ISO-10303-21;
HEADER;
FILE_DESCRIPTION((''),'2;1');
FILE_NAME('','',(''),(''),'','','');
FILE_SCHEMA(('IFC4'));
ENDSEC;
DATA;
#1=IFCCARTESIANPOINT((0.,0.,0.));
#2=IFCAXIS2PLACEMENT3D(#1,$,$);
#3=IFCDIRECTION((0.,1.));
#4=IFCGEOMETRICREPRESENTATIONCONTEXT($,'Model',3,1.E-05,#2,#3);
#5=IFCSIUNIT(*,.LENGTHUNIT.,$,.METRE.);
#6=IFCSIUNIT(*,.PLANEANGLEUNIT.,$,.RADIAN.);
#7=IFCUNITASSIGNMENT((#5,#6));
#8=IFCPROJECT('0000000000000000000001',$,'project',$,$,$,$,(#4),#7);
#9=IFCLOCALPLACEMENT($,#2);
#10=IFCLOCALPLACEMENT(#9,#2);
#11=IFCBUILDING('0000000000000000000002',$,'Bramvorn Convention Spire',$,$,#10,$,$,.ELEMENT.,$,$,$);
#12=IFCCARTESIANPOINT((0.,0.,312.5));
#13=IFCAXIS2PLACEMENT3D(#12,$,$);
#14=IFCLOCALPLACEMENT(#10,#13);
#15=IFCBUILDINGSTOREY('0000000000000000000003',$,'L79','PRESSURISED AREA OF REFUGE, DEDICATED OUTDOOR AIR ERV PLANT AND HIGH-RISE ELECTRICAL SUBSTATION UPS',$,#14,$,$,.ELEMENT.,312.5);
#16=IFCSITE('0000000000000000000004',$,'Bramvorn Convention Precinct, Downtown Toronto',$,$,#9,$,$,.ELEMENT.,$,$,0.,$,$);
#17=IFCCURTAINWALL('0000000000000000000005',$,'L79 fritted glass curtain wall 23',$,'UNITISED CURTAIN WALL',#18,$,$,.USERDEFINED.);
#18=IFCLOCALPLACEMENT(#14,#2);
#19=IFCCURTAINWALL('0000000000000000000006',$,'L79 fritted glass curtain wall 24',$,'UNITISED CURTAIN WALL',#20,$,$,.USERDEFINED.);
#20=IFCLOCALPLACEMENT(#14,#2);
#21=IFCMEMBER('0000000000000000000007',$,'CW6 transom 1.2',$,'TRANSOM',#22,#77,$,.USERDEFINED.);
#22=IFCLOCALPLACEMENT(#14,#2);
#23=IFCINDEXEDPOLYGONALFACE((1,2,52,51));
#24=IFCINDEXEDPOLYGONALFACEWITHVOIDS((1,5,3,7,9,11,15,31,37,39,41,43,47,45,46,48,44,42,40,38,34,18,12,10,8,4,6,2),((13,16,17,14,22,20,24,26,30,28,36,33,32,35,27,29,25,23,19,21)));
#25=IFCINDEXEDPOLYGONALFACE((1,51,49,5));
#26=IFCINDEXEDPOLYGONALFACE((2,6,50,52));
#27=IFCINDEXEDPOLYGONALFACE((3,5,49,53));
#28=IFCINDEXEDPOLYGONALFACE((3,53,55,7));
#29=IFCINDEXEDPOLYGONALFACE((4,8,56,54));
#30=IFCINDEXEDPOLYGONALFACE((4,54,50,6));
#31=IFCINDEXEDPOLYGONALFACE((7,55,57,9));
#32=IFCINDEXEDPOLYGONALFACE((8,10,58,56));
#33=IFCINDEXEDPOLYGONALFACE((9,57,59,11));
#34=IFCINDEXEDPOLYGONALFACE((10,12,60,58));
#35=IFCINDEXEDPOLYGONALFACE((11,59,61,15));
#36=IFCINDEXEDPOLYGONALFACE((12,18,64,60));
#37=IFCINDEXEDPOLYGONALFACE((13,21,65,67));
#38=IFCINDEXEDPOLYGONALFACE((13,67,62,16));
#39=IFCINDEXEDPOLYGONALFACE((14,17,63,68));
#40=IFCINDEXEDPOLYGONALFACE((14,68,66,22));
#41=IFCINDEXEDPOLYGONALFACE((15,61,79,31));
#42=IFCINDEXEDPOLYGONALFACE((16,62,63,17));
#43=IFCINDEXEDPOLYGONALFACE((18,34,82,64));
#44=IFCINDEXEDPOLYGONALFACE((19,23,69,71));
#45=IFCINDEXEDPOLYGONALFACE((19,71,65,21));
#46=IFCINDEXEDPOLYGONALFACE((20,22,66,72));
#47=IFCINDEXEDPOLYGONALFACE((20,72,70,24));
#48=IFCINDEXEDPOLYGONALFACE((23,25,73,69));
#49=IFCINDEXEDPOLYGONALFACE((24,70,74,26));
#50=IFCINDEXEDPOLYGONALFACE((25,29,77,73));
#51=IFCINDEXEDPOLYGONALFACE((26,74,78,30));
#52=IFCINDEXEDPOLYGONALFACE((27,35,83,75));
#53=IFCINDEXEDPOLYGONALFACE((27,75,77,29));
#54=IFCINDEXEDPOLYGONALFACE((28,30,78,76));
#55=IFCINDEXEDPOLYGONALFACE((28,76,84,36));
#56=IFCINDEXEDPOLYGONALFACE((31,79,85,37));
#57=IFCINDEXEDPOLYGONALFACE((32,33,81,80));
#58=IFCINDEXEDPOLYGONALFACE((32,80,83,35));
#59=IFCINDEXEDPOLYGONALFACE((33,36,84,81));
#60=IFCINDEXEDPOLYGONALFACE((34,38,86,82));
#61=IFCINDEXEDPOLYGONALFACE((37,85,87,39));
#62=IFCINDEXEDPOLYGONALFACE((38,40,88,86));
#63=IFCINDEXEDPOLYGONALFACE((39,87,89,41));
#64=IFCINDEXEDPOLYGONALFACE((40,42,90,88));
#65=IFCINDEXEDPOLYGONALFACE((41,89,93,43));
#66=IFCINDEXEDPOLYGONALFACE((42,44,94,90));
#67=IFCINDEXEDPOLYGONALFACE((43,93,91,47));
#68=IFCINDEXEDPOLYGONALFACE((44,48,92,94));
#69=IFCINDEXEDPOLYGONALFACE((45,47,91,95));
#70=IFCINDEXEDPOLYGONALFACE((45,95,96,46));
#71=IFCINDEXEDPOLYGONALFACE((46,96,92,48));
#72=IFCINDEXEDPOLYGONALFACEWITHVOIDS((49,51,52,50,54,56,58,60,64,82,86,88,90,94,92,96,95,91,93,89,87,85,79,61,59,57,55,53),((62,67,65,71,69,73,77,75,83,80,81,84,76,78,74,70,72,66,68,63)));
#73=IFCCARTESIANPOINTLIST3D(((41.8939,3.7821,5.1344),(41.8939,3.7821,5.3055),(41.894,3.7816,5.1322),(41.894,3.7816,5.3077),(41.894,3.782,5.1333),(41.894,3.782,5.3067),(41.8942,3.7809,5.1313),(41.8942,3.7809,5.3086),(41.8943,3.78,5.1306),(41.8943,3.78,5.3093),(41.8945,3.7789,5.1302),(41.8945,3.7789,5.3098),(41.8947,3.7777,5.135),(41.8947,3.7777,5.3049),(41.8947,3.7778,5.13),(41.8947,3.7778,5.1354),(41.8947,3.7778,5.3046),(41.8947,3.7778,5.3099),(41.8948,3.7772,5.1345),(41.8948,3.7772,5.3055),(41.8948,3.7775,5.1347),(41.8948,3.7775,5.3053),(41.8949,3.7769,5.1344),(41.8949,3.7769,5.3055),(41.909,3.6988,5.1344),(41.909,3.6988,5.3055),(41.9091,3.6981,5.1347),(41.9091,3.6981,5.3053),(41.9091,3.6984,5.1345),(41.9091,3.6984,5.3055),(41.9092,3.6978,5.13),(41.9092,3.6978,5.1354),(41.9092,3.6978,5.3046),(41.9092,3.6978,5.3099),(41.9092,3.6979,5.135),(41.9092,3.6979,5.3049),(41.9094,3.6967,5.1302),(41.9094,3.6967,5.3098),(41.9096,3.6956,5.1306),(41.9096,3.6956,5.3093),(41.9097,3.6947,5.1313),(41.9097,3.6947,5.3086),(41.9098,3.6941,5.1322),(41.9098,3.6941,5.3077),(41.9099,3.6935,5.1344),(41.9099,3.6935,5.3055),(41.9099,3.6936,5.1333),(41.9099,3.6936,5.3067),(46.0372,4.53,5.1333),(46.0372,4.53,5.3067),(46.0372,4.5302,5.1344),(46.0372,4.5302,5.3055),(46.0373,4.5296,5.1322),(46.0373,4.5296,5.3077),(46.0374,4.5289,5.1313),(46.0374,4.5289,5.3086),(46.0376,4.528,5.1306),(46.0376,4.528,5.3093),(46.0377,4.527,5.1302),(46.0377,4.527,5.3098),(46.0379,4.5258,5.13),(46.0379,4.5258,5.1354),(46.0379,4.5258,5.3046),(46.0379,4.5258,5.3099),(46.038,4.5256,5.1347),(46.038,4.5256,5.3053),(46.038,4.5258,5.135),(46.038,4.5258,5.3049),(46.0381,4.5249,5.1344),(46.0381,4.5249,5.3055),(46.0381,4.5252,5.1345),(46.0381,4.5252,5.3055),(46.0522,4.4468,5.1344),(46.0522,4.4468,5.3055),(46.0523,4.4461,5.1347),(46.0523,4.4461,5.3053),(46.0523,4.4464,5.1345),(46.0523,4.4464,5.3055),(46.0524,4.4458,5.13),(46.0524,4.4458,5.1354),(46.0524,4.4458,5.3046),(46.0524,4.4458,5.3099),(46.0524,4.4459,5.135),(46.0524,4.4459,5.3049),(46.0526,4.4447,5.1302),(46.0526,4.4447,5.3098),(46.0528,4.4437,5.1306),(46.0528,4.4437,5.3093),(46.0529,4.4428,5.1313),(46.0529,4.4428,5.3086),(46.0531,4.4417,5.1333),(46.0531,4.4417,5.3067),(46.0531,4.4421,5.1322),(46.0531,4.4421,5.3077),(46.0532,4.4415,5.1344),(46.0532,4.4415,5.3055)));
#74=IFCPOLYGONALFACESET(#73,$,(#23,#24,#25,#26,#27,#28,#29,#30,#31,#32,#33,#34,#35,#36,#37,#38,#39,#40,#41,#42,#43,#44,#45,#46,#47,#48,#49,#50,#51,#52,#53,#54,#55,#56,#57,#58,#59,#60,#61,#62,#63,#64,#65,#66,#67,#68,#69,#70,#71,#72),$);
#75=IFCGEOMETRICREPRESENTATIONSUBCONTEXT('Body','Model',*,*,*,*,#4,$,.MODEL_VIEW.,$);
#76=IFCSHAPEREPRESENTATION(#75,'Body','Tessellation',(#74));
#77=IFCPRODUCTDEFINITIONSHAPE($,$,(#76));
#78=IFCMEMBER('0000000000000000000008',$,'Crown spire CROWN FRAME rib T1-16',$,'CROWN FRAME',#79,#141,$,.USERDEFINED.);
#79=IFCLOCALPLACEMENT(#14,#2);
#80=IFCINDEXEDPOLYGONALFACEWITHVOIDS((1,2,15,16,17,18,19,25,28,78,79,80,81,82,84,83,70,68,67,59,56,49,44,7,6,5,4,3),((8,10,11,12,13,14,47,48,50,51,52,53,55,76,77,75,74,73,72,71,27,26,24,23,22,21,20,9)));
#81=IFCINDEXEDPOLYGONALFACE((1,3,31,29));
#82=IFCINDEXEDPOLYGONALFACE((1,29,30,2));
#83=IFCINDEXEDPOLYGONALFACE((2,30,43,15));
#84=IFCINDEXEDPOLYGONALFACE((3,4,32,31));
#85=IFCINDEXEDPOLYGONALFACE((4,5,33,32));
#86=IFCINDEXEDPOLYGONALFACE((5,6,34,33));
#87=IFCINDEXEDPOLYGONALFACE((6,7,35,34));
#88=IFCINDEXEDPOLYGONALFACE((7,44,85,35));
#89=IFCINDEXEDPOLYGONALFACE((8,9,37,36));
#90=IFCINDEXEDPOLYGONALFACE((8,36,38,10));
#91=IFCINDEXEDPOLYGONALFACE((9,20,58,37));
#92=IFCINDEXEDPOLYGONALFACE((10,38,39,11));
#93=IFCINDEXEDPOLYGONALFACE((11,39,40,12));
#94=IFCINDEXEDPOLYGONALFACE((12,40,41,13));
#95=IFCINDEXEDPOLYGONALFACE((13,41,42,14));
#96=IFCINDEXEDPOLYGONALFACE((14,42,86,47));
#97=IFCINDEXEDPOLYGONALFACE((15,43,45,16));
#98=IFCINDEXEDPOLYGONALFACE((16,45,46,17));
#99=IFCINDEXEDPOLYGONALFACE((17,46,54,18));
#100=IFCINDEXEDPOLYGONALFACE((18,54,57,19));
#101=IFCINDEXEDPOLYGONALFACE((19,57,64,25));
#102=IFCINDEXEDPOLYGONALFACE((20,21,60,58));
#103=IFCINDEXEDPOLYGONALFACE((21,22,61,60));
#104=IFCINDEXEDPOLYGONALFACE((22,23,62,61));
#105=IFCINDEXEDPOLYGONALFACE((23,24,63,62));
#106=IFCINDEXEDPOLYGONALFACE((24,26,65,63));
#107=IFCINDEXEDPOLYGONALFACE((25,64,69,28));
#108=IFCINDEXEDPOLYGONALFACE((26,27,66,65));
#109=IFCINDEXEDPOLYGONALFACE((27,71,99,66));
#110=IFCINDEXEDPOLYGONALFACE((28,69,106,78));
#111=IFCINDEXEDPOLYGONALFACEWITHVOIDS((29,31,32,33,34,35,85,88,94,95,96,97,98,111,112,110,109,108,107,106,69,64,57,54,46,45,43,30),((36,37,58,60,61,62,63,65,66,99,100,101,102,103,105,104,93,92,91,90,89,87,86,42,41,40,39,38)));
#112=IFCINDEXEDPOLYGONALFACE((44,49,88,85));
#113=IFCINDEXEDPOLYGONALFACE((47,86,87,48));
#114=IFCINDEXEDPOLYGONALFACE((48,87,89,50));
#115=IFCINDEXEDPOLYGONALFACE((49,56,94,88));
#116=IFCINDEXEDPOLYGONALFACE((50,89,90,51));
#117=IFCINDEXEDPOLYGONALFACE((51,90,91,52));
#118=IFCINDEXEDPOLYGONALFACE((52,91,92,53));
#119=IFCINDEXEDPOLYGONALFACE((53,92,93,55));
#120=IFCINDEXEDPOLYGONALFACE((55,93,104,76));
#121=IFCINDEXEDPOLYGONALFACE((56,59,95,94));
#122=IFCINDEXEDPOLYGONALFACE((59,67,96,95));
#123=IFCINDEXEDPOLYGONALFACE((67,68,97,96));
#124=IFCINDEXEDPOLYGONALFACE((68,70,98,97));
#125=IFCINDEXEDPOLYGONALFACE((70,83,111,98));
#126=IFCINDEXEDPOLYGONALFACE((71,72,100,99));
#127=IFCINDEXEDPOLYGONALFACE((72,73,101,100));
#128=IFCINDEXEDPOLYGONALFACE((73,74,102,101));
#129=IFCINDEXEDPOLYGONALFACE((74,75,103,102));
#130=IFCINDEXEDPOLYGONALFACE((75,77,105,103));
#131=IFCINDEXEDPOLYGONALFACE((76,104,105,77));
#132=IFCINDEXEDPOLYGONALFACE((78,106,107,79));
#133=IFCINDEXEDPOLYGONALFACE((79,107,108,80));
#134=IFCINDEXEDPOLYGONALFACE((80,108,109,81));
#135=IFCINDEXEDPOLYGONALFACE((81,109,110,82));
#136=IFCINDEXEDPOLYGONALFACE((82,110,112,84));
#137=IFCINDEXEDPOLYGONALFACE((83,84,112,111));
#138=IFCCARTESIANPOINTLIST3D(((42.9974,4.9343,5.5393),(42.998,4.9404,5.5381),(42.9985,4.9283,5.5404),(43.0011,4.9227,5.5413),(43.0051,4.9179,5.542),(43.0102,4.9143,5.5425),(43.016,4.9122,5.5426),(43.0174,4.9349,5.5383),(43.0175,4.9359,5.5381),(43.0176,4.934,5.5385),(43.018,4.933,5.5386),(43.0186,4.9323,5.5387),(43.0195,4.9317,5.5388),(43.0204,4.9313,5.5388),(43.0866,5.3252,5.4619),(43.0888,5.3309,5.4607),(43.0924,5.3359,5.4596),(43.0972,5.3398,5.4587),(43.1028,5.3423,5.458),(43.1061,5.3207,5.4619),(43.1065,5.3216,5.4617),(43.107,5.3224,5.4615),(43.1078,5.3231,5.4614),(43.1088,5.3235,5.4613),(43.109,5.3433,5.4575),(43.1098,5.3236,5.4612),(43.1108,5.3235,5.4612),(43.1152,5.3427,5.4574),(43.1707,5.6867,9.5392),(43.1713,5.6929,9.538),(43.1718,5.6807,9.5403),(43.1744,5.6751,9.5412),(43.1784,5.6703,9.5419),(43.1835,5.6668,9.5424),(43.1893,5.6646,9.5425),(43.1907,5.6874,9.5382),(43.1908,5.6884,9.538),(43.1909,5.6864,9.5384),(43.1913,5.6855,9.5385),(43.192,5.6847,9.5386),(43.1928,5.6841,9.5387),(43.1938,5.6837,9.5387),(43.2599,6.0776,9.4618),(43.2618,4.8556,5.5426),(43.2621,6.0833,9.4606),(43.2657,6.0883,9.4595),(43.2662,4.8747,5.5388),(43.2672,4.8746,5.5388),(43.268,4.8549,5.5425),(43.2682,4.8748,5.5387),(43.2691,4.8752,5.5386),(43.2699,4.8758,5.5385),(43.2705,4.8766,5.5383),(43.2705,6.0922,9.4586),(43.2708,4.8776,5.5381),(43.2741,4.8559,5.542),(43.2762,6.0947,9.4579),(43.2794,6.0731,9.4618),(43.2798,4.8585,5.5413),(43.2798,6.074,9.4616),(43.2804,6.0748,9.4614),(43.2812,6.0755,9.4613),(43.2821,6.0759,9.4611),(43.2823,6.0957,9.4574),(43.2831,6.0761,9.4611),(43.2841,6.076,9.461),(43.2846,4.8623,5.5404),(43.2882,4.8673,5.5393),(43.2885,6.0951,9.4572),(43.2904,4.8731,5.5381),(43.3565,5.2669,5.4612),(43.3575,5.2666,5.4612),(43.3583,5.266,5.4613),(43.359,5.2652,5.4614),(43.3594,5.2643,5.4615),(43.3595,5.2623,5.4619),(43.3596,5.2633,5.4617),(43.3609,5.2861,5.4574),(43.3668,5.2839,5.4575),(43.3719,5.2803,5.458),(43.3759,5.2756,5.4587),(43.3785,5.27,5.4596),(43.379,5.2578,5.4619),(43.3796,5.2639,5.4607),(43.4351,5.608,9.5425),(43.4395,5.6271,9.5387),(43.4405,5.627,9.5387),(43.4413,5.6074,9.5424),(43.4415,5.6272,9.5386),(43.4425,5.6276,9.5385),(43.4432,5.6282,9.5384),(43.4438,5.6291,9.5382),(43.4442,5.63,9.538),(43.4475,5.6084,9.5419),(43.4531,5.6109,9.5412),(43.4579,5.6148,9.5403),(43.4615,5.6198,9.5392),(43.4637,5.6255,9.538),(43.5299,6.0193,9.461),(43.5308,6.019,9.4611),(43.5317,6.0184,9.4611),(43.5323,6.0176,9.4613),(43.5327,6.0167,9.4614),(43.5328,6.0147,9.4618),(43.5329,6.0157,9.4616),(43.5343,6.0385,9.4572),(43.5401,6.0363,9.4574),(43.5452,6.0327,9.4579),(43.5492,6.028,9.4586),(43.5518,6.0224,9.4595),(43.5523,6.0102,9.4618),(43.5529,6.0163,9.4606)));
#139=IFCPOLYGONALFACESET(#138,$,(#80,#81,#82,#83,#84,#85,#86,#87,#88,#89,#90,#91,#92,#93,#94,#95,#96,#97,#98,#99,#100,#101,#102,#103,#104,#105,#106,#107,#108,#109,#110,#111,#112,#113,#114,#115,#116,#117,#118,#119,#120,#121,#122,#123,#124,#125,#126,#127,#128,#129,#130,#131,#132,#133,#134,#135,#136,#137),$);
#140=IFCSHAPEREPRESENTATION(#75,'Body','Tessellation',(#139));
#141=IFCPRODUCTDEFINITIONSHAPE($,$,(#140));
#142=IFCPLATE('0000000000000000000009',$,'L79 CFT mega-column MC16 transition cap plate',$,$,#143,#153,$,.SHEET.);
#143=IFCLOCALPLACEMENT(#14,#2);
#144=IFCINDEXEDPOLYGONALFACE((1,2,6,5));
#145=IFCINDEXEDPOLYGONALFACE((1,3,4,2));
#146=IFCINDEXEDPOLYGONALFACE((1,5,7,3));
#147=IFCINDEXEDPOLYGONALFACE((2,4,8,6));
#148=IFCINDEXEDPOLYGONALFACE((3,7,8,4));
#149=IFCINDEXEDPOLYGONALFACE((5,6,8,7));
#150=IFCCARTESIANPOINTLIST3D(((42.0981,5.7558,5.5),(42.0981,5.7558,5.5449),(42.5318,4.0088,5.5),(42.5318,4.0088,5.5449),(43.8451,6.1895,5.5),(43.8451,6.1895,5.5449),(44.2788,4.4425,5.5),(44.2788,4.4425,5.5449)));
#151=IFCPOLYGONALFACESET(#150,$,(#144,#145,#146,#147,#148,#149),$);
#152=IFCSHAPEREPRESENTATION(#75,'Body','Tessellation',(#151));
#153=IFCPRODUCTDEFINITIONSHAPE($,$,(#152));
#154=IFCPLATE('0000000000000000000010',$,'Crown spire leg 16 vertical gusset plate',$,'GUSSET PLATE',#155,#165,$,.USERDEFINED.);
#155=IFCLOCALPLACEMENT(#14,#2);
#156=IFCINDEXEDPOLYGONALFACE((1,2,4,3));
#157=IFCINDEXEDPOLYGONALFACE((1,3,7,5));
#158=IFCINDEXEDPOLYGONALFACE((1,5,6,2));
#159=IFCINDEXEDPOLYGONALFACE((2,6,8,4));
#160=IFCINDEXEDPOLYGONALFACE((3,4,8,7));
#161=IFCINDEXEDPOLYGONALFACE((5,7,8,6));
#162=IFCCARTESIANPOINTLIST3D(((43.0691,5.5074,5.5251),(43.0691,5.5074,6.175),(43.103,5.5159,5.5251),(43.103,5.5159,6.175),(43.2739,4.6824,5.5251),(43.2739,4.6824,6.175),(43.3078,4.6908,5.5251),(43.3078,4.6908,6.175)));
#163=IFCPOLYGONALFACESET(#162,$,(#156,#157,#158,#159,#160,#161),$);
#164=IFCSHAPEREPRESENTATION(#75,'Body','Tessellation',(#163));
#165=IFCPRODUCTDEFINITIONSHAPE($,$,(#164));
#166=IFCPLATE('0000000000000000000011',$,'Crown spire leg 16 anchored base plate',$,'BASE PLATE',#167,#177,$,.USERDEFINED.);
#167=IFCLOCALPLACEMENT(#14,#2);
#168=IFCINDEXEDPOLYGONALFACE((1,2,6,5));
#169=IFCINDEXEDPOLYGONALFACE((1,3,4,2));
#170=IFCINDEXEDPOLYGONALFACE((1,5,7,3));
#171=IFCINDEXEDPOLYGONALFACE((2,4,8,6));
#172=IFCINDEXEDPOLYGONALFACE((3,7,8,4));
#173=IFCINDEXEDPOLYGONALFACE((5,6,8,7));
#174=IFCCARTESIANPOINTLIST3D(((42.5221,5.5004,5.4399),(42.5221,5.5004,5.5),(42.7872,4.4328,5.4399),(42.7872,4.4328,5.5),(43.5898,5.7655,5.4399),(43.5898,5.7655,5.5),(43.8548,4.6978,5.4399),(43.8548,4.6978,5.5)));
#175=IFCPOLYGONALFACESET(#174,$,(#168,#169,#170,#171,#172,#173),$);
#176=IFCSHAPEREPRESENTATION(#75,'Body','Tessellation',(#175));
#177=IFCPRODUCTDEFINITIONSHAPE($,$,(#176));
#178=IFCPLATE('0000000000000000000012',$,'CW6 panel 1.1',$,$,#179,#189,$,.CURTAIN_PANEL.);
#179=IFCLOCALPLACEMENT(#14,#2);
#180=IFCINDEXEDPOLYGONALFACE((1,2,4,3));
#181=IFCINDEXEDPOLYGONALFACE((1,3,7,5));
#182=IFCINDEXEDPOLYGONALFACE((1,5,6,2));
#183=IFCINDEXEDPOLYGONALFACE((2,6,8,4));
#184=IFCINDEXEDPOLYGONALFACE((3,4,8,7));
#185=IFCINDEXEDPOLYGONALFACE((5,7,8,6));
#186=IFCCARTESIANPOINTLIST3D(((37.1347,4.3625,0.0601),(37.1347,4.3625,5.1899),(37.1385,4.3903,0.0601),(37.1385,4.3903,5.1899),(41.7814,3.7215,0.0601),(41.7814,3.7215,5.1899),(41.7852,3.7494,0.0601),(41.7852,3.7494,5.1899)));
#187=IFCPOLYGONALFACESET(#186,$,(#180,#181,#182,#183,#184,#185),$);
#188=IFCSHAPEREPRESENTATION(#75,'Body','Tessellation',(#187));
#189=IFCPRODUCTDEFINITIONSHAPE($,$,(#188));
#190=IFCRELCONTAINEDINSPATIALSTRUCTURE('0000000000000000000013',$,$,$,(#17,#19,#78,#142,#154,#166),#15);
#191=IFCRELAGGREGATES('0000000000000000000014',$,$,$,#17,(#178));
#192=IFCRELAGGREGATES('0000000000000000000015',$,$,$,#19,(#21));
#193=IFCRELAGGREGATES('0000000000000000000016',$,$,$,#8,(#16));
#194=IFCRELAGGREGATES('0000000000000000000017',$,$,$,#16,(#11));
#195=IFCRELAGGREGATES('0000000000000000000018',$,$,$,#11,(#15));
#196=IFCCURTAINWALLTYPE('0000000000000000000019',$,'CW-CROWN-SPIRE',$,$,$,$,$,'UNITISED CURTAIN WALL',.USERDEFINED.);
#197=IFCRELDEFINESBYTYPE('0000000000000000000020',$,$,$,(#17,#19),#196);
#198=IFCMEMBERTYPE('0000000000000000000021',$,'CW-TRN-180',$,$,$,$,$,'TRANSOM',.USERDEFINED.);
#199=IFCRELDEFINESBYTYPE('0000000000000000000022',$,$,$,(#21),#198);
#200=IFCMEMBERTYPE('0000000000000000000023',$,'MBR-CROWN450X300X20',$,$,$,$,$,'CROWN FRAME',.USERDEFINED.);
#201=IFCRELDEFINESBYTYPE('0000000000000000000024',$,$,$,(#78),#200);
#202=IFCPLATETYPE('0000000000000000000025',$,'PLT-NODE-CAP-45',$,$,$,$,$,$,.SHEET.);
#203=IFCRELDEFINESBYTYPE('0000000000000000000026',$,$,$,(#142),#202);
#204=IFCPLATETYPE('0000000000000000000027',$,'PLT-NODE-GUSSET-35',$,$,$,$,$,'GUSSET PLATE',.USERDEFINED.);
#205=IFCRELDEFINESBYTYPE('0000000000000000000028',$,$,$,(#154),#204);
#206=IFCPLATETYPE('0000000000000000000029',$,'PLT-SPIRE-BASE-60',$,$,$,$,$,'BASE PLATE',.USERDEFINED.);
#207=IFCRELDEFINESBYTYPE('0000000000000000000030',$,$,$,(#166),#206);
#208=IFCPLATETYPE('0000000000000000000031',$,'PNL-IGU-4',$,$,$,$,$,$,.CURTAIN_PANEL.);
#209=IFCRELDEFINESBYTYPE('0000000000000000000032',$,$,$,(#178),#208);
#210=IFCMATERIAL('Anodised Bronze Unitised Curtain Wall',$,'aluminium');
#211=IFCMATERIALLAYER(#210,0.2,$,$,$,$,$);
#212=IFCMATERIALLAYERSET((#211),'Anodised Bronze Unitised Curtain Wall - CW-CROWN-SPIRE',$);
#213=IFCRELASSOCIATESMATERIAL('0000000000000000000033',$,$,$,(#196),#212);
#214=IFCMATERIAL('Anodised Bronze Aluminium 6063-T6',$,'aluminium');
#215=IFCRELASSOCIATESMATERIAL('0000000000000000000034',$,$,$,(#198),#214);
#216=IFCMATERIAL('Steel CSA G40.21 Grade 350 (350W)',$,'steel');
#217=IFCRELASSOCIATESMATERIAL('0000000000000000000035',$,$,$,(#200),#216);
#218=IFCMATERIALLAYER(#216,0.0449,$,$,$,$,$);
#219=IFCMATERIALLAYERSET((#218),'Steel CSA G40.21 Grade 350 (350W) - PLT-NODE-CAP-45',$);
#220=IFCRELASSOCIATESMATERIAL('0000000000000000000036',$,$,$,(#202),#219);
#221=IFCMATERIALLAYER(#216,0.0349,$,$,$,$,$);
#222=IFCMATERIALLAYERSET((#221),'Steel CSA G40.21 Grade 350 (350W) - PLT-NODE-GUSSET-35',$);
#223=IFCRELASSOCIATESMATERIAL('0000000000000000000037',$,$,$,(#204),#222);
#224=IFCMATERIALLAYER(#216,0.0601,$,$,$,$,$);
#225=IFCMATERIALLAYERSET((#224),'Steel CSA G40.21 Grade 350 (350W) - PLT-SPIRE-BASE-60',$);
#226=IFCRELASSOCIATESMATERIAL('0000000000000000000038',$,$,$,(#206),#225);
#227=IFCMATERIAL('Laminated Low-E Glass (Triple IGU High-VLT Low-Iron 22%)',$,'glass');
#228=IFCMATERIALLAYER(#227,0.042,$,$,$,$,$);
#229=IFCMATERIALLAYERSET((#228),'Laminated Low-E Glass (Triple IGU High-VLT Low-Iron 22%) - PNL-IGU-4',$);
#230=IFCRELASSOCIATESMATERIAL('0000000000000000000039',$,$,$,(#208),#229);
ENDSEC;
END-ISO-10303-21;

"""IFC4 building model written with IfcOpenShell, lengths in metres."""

from ifc_helpers import new_model, si_unit, direction, frame, origin, origin_2d, place, context, subcontext, project, spatial, rectangle, hollow_rectangle, extrude, material, layer, layer_set, material_profile, profile_set, type_object, element, aggregate, save


model = new_model("IFC4")

# Units and contexts
model_context = context("Model", 3, precision=1e-05, world=origin(), true_north=direction((0.0, 1.0)))
body_context = subcontext(model_context, "Body", "Model", "MODEL_VIEW")
ifc_project = project(units=[si_unit("LENGTHUNIT", "METRE"), si_unit("PLANEANGLEUNIT", "RADIAN")], contexts=[model_context])

# Site, building, storey
site_placement = place(None, origin())
site = spatial("IfcSite", under=ifc_project, at=site_placement, Name="Bramvorn Convention Precinct, Downtown Toronto", CompositionType="ELEMENT", RefElevation=0.0)
building_placement = place(site_placement, origin())
building = spatial("IfcBuilding", under=site, at=building_placement, Name="Bramvorn Convention Spire", CompositionType="ELEMENT")
storey_placement = place(building_placement, frame((0.0, 0.0, 312.5)))
storey = spatial("IfcBuildingStorey", under=building, at=storey_placement, Name="L79", Description="PRESSURISED AREA OF REFUGE, DEDICATED OUTDOOR AIR ERV PLANT AND HIGH-RISE ELECTRICAL SUBSTATION UPS", CompositionType="ELEMENT", Elevation=312.5)

# Shared definitions
ifc_material_1 = material(Name="Steel CSA G40.21 Grade 350 (350W)", Category="steel")

# Curtain wall
ifc_material_2 = material(Name="Anodised Bronze Unitised Curtain Wall", Category="aluminium")
ifc_layer_1 = layer(ifc_material_2, 0.2)
ifc_layer_set_1 = layer_set([ifc_layer_1], Name="Anodised Bronze Unitised Curtain Wall - CW-CROWN-SPIRE")
curtain_wall_type = type_object("IfcCurtainWallType", Name="CW-CROWN-SPIRE", ElementType="UNITISED CURTAIN WALL", PredefinedType="USERDEFINED", material=ifc_layer_set_1)
curtain_wall_1_placement = place(storey_placement, origin())
curtain_wall_1 = element("IfcCurtainWall", 1, at=curtain_wall_1_placement, inside=storey, type_object=curtain_wall_type, Name="L79 fritted glass curtain wall 23", ObjectType="UNITISED CURTAIN WALL", PredefinedType="USERDEFINED")
ifc_material_3 = material(Name="Anodised Bronze Aluminium 6063-T6", Category="aluminium")

# Curtain wall
curtain_wall_2_placement = place(storey_placement, origin())
curtain_wall_2 = element("IfcCurtainWall", 2, at=curtain_wall_2_placement, inside=storey, type_object=curtain_wall_type, Name="L79 fritted glass curtain wall 24", ObjectType="UNITISED CURTAIN WALL", PredefinedType="USERDEFINED")

# Members
ifc_material_profile_1 = material_profile(ifc_material_3, hollow_rectangle(XDim=0.0901, YDim=0.1799, WallThickness=0.0044, InnerFilletRadius=0.001, OuterFilletRadius=0.0044, at=origin_2d()))
ifc_profile_set_1 = profile_set([ifc_material_profile_1], Name="Anodised Bronze Aluminium 6063-T6 - CWT90X180")
member_type_1 = type_object("IfcMemberType", Name="CW-TRN-180", ElementType="TRANSOM", PredefinedType="USERDEFINED", material=ifc_profile_set_1)
member_1_placement = place(storey_placement, frame((46.0452, 4.4858, 5.22), z_axis=(-0.98409, -0.177671, 0.0), x_axis=(0.177671, -0.98409, 0.0)))
member_1 = element("IfcMember", 3, at=member_1_placement, type_object=member_type_1, Name="CW6 transom 1.2", ObjectType="TRANSOM", PredefinedType="USERDEFINED", context=body_context, shape_type="SweptSolid", body=[
    extrude(hollow_rectangle(XDim=0.0901, YDim=0.1799, WallThickness=0.0044, InnerFilletRadius=0.001, OuterFilletRadius=0.0044, at=origin_2d()), origin(), (0.0, 0.0, 1.0), 4.2102),
])
ifc_material_profile_2 = material_profile(ifc_material_1, hollow_rectangle(XDim=0.3, YDim=0.45, WallThickness=0.02, InnerFilletRadius=0.0039, OuterFilletRadius=0.0239, at=origin_2d()))
ifc_profile_set_2 = profile_set([ifc_material_profile_2], Name="Steel CSA G40.21 Grade 350 (350W) - CROWN450X300X20")
member_type_2 = type_object("IfcMemberType", Name="MBR-CROWN450X300X20", ElementType="CROWN FRAME", PredefinedType="USERDEFINED", material=ifc_profile_set_2)
member_2_placement = place(storey_placement, frame((43.1885, 5.0991, 5.5), z_axis=(0.042549, 0.184701, 0.981873), x_axis=(-0.974476, 0.22449, 0.0)))
element("IfcMember", 4, at=member_2_placement, inside=storey, type_object=member_type_2, Name="Crown spire CROWN FRAME rib T1-16", ObjectType="CROWN FRAME", PredefinedType="USERDEFINED", context=body_context, shape_type="SweptSolid", body=[
    extrude(hollow_rectangle(XDim=0.3, YDim=0.45, WallThickness=0.02, InnerFilletRadius=0.0039, OuterFilletRadius=0.0239, at=origin_2d()), origin(), (0.0, 0.0, 1.0), 4.0737),
])

# Plates
ifc_layer_2 = layer(ifc_material_1, 0.0449)
ifc_layer_set_2 = layer_set([ifc_layer_2], Name="Steel CSA G40.21 Grade 350 (350W) - PLT-NODE-CAP-45")
plate_type_1 = type_object("IfcPlateType", Name="PLT-NODE-CAP-45", PredefinedType="SHEET", material=ifc_layer_set_2)
plate_1_placement = place(storey_placement, frame((43.1885, 5.0991, 5.5), z_axis=(0.0, 0.0, 1.0), x_axis=(0.24093, -0.970542, 0.0)))
element("IfcPlate", 5, at=plate_1_placement, inside=storey, type_object=plate_type_1, Name="L79 CFT mega-column MC16 transition cap plate", PredefinedType="SHEET", context=body_context, shape_type="SweptSolid", body=[
    extrude(rectangle(XDim=1.8, YDim=1.8, at=origin_2d()), origin(), (0.0, 0.0, 1.0), 0.0449),
])
ifc_layer_3 = layer(ifc_material_1, 0.0349)
ifc_layer_set_3 = layer_set([ifc_layer_3], Name="Steel CSA G40.21 Grade 350 (350W) - PLT-NODE-GUSSET-35")
plate_type_2 = type_object("IfcPlateType", Name="PLT-NODE-GUSSET-35", ElementType="GUSSET PLATE", PredefinedType="USERDEFINED", material=ifc_layer_set_3)
plate_2_placement = place(storey_placement, frame((43.1885, 5.0991, 5.5251), z_axis=(0.0, 0.0, 1.0), x_axis=(0.24093, -0.970542, 0.0)))
element("IfcPlate", 6, at=plate_2_placement, inside=storey, type_object=plate_type_2, Name="Crown spire leg 16 vertical gusset plate", ObjectType="GUSSET PLATE", PredefinedType="USERDEFINED", context=body_context, shape_type="SweptSolid", body=[
    extrude(rectangle(XDim=0.8501, YDim=0.0349, at=origin_2d()), origin(), (0.0, 0.0, 1.0), 0.6499),
])
ifc_layer_4 = layer(ifc_material_1, 0.0601)
ifc_layer_set_4 = layer_set([ifc_layer_4], Name="Steel CSA G40.21 Grade 350 (350W) - PLT-SPIRE-BASE-60")
plate_type_3 = type_object("IfcPlateType", Name="PLT-SPIRE-BASE-60", ElementType="BASE PLATE", PredefinedType="USERDEFINED", material=ifc_layer_set_4)
plate_3_placement = place(storey_placement, frame((43.1885, 5.0991, 5.4399), z_axis=(0.0, 0.0, 1.0), x_axis=(0.24093, -0.970542, 0.0)))
element("IfcPlate", 7, at=plate_3_placement, inside=storey, type_object=plate_type_3, Name="Crown spire leg 16 anchored base plate", ObjectType="BASE PLATE", PredefinedType="USERDEFINED", context=body_context, shape_type="SweptSolid", body=[
    extrude(rectangle(XDim=1.1001, YDim=1.1001, at=origin_2d()), origin(), (0.0, 0.0, 1.0), 0.0601),
])

# Plate
ifc_material_4 = material(Name="Laminated Low-E Glass (Triple IGU High-VLT Low-Iron 22%)", Category="glass")
ifc_layer_5 = layer(ifc_material_4, 0.042)
ifc_layer_set_5 = layer_set([ifc_layer_5], Name="Laminated Low-E Glass (Triple IGU High-VLT Low-Iron 22%) - PNL-IGU-4")
plate_type_4 = type_object("IfcPlateType", Name="PNL-IGU-4", PredefinedType="CURTAIN_PANEL", material=ifc_layer_set_5)
plate_4_placement = place(storey_placement, frame((39.46, 4.0559, 0.0601), z_axis=(0.0, 0.0, 1.0), x_axis=(-0.990621, 0.136635, 0.0)))
plate_4 = element("IfcPlate", 8, at=plate_4_placement, type_object=plate_type_4, Name="CW6 panel 1.1", PredefinedType="CURTAIN_PANEL", context=body_context, shape_type="SweptSolid", body=[
    extrude(rectangle(XDim=4.6907, YDim=0.0281, at=origin_2d()), origin(), (0.0, 0.0, 1.0), 5.1299),
])
aggregate(curtain_wall_1, [plate_4])
aggregate(curtain_wall_2, [member_1])

save(model, "model.ifc")
